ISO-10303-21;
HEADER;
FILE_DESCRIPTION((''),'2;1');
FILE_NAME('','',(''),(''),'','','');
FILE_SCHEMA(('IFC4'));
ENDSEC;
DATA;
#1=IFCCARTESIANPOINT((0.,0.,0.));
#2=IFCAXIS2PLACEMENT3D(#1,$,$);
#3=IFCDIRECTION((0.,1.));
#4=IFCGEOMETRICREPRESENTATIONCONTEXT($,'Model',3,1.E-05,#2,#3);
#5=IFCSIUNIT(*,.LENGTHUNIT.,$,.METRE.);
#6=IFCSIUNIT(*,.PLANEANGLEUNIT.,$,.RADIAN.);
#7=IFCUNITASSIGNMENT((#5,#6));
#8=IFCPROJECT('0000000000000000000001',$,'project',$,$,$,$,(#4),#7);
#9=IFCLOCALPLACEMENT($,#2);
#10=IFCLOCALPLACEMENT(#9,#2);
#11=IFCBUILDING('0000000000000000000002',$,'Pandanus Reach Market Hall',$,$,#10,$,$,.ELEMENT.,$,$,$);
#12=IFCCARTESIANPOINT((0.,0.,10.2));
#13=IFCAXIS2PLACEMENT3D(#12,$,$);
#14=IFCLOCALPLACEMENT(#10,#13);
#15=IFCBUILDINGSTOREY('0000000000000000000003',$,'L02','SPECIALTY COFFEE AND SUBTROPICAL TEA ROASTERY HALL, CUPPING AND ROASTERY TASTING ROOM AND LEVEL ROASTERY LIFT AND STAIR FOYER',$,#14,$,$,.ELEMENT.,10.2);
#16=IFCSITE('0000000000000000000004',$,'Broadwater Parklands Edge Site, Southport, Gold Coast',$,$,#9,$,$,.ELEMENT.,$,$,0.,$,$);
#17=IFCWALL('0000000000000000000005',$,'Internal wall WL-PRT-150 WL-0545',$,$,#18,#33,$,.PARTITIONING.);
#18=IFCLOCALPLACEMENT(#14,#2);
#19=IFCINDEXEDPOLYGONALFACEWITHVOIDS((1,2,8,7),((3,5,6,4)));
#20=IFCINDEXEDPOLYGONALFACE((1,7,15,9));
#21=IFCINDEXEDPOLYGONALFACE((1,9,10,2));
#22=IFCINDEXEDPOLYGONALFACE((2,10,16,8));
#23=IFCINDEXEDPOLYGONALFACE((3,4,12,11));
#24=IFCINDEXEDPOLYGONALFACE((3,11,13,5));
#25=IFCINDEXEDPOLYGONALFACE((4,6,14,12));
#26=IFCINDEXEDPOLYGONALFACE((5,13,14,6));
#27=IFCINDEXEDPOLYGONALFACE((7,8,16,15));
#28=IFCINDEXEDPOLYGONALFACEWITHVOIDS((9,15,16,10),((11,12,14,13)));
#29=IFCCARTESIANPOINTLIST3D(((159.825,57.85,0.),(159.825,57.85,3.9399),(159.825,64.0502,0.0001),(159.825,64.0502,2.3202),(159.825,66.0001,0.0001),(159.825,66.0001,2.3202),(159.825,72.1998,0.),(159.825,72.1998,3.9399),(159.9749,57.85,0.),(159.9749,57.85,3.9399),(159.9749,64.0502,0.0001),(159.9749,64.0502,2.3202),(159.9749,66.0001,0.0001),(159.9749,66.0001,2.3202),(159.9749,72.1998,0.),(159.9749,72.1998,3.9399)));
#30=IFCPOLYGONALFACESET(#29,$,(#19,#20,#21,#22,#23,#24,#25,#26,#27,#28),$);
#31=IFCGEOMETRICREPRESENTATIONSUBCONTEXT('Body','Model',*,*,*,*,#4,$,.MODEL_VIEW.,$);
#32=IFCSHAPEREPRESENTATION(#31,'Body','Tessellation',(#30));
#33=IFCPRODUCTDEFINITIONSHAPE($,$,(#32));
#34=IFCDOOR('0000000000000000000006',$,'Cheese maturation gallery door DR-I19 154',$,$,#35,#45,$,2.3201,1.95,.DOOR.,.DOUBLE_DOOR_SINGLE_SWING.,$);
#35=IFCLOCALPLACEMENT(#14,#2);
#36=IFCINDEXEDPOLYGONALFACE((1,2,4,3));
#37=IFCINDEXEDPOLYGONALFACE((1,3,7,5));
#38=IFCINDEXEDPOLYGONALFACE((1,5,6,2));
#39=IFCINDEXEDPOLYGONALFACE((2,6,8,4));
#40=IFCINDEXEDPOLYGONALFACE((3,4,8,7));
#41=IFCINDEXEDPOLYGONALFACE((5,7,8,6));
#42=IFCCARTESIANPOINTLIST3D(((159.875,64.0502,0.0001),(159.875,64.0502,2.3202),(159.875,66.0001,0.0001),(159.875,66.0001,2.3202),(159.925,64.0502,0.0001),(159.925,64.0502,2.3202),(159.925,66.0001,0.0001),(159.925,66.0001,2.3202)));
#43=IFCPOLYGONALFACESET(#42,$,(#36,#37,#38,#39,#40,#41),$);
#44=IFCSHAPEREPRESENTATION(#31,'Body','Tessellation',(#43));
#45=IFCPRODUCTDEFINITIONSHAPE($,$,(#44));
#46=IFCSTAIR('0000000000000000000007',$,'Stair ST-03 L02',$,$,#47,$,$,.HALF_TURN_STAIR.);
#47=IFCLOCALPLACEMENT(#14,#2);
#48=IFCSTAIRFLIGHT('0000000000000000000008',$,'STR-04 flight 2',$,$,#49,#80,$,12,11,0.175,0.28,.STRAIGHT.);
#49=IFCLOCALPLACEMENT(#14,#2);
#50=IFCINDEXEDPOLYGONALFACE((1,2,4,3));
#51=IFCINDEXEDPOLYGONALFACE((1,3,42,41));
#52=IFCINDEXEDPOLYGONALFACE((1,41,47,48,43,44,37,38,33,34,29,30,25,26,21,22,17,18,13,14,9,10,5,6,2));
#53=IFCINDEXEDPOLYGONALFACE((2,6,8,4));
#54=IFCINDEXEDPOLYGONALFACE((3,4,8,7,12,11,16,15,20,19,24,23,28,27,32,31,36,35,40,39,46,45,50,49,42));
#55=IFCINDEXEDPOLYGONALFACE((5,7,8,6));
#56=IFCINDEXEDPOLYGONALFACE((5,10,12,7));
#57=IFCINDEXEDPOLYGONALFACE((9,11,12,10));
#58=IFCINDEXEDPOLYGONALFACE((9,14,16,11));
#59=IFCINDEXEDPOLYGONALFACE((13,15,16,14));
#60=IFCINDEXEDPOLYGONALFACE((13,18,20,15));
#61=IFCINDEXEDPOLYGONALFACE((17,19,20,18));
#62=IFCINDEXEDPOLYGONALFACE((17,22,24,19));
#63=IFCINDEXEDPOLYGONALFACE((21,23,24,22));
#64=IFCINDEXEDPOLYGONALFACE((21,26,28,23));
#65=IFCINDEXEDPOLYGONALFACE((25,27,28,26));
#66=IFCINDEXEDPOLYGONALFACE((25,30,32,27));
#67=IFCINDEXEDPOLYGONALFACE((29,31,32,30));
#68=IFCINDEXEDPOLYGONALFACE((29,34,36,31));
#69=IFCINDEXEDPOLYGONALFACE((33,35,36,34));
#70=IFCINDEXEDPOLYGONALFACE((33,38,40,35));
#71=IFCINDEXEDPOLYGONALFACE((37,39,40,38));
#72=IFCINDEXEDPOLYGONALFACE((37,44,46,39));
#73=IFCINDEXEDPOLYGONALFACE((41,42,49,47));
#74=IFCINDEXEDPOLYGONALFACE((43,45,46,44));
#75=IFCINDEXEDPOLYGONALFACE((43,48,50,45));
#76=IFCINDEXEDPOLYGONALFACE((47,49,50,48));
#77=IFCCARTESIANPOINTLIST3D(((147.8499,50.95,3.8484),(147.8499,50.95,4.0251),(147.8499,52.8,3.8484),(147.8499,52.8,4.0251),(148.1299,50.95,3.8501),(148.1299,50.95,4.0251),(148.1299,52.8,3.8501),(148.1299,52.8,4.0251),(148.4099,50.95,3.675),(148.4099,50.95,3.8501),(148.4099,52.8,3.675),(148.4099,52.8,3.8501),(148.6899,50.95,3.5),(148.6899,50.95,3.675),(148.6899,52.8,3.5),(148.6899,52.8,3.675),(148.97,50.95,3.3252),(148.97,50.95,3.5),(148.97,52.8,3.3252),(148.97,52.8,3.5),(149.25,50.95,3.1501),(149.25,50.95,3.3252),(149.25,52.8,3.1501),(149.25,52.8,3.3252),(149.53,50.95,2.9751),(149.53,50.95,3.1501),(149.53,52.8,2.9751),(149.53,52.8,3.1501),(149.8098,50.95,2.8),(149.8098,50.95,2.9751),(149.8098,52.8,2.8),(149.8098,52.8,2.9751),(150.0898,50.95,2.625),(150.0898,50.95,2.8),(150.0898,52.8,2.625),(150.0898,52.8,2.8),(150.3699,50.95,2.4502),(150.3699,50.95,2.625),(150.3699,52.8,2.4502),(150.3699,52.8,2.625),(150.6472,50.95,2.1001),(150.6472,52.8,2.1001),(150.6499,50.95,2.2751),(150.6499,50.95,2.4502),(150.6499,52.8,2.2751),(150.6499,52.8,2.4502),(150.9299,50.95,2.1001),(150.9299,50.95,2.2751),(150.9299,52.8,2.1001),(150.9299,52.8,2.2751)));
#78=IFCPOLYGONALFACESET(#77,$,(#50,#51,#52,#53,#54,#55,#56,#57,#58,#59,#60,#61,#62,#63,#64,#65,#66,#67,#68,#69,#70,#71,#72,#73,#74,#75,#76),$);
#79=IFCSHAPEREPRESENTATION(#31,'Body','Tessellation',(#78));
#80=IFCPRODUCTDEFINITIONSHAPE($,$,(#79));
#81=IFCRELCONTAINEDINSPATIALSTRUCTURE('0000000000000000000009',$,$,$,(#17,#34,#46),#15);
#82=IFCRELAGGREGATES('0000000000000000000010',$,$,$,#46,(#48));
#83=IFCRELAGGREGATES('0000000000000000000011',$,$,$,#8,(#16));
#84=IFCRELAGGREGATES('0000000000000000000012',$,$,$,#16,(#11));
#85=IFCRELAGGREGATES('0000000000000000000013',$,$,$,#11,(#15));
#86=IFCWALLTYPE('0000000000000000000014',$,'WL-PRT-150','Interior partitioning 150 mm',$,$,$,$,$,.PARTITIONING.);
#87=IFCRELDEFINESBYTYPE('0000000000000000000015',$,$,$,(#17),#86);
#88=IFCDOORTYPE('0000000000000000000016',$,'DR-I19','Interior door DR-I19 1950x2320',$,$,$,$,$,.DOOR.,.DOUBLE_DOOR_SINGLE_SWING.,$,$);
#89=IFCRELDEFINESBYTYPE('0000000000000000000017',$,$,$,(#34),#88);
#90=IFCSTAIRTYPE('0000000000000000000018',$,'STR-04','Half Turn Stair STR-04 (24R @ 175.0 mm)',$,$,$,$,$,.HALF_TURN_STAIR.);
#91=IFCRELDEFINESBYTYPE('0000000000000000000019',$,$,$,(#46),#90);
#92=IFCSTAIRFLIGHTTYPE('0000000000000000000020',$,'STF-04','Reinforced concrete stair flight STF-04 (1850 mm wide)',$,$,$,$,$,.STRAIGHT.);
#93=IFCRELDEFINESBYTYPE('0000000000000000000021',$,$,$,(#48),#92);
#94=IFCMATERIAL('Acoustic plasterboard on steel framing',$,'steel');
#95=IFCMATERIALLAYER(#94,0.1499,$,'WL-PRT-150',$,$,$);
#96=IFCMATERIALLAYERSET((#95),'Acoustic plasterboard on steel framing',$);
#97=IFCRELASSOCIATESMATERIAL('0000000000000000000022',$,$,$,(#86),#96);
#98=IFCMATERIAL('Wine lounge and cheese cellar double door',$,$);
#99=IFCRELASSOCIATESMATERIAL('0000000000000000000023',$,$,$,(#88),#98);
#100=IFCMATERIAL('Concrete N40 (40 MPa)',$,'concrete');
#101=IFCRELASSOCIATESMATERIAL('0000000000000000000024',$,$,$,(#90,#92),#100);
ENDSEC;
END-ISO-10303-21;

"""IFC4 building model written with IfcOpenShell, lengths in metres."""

from ifc_helpers import new_model, si_unit, direction, frame, frame_2d, origin, place, context, subcontext, project, spatial, polyline, rectangle, outline, extrude, material, layer, layer_set, type_object, element, fill, aggregate, save


model = new_model("IFC4")

# Units and contexts
model_context = context("Model", 3, precision=1e-05, world=origin(), true_north=direction((0.0, 1.0)))
body_context = subcontext(model_context, "Body", "Model", "MODEL_VIEW")
ifc_project = project(units=[si_unit("LENGTHUNIT", "METRE"), si_unit("PLANEANGLEUNIT", "RADIAN")], contexts=[model_context])

# Site, building, storey
site_placement = place(None, origin())
site = spatial("IfcSite", under=ifc_project, at=site_placement, Name="Broadwater Parklands Edge Site, Southport, Gold Coast", CompositionType="ELEMENT", RefElevation=0.0)
building_placement = place(site_placement, origin())
building = spatial("IfcBuilding", under=site, at=building_placement, Name="Pandanus Reach Market Hall", CompositionType="ELEMENT")
storey_placement = place(building_placement, frame((0.0, 0.0, 10.2)))
storey = spatial("IfcBuildingStorey", under=building, at=storey_placement, Name="L02", Description="SPECIALTY COFFEE AND SUBTROPICAL TEA ROASTERY HALL, CUPPING AND ROASTERY TASTING ROOM AND LEVEL ROASTERY LIFT AND STAIR FOYER", CompositionType="ELEMENT", Elevation=10.2)

# Shared definitions
ifc_material_1 = material(Name="Concrete N40 (40 MPa)", Category="concrete")

# Wall, opening, door
ifc_material_2 = material(Name="Acoustic plasterboard on steel framing", Category="steel")
ifc_layer_1 = layer(ifc_material_2, 0.1499, Name="WL-PRT-150")
ifc_layer_set_1 = layer_set([ifc_layer_1], Name="Acoustic plasterboard on steel framing")
wall_type_1 = type_object("IfcWallType", Name="WL-PRT-150", Description="Interior partitioning 150 mm", PredefinedType="PARTITIONING", material=ifc_layer_set_1)
wall_1_placement = place(storey_placement, frame((159.8999, 57.8501, 0.0), z_axis=(0.0, 0.0, 1.0), x_axis=(0.0, 1.0, 0.0)))
wall_1 = element("IfcWall", 1, at=wall_1_placement, inside=storey, type_object=wall_type_1, Name="Internal wall WL-PRT-150 WL-0545", PredefinedType="PARTITIONING", context=body_context, shape_type="SweptSolid", body=[
    extrude(rectangle(XDim=14.3499, YDim=0.1499, at=frame_2d((7.1748, 0.0))), origin(), (0.0, 0.0, 1.0), 3.9399),
])
opening_1_placement = place(wall_1_placement, frame((6.2, 0.0, 0.0)))
opening_1 = element("IfcOpeningElement", 2, at=opening_1_placement, cuts=wall_1, PredefinedType="OPENING", context=body_context, shape_type="SweptSolid", body=[
    extrude(rectangle(XDim=1.95, YDim=2.3201, at=frame_2d((0.9751, 1.1602))), frame((0.0, 0.0898, 0.0), z_axis=(0.0, -1.0, 0.0), x_axis=(1.0, 0.0, 0.0)), (0.0, 0.0, 1.0), 0.1799),
])
ifc_material_3 = material(Name="Wine lounge and cheese cellar double door")
door_type_1 = type_object("IfcDoorType", Name="DR-I19", Description="Interior door DR-I19 1950x2320", OperationType="DOUBLE_DOOR_SINGLE_SWING", PredefinedType="DOOR", material=ifc_material_3)
door_1_placement = place(opening_1_placement, origin())
door_1 = element("IfcDoor", 3, at=door_1_placement, inside=storey, type_object=door_type_1, Name="Cheese maturation gallery door DR-I19 154", OperationType="DOUBLE_DOOR_SINGLE_SWING", OverallHeight=2.3201, OverallWidth=1.95, PredefinedType="DOOR", context=body_context, shape_type="SweptSolid", body=[
    extrude(rectangle(XDim=1.95, YDim=2.3201, at=frame_2d((0.9751, 1.1602))), frame((0.0, 0.0249, 0.0), z_axis=(0.0, -1.0, 0.0), x_axis=(1.0, 0.0, 0.0)), (0.0, 0.0, 1.0), 0.05),
])
fill(opening_1, door_1)

# Stair, stair flight
stair_type = type_object("IfcStairType", Name="STR-04", Description="Half Turn Stair STR-04 (24R @ 175.0 mm)", PredefinedType="HALF_TURN_STAIR", material=ifc_material_1)
stair_placement = place(storey_placement, origin())
stair = element("IfcStair", 4, at=stair_placement, inside=storey, type_object=stair_type, Name="Stair ST-03 L02", PredefinedType="HALF_TURN_STAIR")
stair_flight_type = type_object("IfcStairFlightType", Name="STF-04", Description="Reinforced concrete stair flight STF-04 (1850 mm wide)", PredefinedType="STRAIGHT", material=ifc_material_1)
stair_flight_placement = place(storey_placement, frame((150.9299, 51.875, 2.1001), z_axis=(0.0, 0.0, 1.0), x_axis=(-1.0, 0.0, 0.0)))
stair_flight = element("IfcStairFlight", 5, at=stair_flight_placement, type_object=stair_flight_type, Name="STR-04 flight 2", NumberOfRisers=12, NumberOfTreads=11, PredefinedType="STRAIGHT", RiserHeight=0.175, TreadLength=0.28, context=body_context, shape_type="SweptSolid", body=[
    extrude(outline(polyline([(0.0, 0.0), (0.0, 0.175), (0.28, 0.175), (0.28, 0.3501), (0.5601, 0.3501), (0.5601, 0.5249), (0.8401, 0.5249), (0.8401, 0.7), (1.1201, 0.7), (1.1201, 0.875), (1.3999, 0.875), (1.3999, 1.05), (1.6799, 1.05), (1.6799, 1.2251), (1.96, 1.2251), (1.96, 1.3999), (2.24, 1.3999), (2.24, 1.575), (2.52, 1.575), (2.52, 1.75), (2.8, 1.75), (2.8, 1.925), (3.0801, 1.925), (3.0801, 2.1001), (3.0801, 1.7483), (0.2827, 0.0), (0.0, 0.0)])), frame((0.0, 0.925, 0.0), z_axis=(0.0, -1.0, 0.0), x_axis=(1.0, 0.0, 0.0)), (0.0, 0.0, 1.0), 1.8501),
])
aggregate(stair, [stair_flight])

save(model, "model.ifc")
